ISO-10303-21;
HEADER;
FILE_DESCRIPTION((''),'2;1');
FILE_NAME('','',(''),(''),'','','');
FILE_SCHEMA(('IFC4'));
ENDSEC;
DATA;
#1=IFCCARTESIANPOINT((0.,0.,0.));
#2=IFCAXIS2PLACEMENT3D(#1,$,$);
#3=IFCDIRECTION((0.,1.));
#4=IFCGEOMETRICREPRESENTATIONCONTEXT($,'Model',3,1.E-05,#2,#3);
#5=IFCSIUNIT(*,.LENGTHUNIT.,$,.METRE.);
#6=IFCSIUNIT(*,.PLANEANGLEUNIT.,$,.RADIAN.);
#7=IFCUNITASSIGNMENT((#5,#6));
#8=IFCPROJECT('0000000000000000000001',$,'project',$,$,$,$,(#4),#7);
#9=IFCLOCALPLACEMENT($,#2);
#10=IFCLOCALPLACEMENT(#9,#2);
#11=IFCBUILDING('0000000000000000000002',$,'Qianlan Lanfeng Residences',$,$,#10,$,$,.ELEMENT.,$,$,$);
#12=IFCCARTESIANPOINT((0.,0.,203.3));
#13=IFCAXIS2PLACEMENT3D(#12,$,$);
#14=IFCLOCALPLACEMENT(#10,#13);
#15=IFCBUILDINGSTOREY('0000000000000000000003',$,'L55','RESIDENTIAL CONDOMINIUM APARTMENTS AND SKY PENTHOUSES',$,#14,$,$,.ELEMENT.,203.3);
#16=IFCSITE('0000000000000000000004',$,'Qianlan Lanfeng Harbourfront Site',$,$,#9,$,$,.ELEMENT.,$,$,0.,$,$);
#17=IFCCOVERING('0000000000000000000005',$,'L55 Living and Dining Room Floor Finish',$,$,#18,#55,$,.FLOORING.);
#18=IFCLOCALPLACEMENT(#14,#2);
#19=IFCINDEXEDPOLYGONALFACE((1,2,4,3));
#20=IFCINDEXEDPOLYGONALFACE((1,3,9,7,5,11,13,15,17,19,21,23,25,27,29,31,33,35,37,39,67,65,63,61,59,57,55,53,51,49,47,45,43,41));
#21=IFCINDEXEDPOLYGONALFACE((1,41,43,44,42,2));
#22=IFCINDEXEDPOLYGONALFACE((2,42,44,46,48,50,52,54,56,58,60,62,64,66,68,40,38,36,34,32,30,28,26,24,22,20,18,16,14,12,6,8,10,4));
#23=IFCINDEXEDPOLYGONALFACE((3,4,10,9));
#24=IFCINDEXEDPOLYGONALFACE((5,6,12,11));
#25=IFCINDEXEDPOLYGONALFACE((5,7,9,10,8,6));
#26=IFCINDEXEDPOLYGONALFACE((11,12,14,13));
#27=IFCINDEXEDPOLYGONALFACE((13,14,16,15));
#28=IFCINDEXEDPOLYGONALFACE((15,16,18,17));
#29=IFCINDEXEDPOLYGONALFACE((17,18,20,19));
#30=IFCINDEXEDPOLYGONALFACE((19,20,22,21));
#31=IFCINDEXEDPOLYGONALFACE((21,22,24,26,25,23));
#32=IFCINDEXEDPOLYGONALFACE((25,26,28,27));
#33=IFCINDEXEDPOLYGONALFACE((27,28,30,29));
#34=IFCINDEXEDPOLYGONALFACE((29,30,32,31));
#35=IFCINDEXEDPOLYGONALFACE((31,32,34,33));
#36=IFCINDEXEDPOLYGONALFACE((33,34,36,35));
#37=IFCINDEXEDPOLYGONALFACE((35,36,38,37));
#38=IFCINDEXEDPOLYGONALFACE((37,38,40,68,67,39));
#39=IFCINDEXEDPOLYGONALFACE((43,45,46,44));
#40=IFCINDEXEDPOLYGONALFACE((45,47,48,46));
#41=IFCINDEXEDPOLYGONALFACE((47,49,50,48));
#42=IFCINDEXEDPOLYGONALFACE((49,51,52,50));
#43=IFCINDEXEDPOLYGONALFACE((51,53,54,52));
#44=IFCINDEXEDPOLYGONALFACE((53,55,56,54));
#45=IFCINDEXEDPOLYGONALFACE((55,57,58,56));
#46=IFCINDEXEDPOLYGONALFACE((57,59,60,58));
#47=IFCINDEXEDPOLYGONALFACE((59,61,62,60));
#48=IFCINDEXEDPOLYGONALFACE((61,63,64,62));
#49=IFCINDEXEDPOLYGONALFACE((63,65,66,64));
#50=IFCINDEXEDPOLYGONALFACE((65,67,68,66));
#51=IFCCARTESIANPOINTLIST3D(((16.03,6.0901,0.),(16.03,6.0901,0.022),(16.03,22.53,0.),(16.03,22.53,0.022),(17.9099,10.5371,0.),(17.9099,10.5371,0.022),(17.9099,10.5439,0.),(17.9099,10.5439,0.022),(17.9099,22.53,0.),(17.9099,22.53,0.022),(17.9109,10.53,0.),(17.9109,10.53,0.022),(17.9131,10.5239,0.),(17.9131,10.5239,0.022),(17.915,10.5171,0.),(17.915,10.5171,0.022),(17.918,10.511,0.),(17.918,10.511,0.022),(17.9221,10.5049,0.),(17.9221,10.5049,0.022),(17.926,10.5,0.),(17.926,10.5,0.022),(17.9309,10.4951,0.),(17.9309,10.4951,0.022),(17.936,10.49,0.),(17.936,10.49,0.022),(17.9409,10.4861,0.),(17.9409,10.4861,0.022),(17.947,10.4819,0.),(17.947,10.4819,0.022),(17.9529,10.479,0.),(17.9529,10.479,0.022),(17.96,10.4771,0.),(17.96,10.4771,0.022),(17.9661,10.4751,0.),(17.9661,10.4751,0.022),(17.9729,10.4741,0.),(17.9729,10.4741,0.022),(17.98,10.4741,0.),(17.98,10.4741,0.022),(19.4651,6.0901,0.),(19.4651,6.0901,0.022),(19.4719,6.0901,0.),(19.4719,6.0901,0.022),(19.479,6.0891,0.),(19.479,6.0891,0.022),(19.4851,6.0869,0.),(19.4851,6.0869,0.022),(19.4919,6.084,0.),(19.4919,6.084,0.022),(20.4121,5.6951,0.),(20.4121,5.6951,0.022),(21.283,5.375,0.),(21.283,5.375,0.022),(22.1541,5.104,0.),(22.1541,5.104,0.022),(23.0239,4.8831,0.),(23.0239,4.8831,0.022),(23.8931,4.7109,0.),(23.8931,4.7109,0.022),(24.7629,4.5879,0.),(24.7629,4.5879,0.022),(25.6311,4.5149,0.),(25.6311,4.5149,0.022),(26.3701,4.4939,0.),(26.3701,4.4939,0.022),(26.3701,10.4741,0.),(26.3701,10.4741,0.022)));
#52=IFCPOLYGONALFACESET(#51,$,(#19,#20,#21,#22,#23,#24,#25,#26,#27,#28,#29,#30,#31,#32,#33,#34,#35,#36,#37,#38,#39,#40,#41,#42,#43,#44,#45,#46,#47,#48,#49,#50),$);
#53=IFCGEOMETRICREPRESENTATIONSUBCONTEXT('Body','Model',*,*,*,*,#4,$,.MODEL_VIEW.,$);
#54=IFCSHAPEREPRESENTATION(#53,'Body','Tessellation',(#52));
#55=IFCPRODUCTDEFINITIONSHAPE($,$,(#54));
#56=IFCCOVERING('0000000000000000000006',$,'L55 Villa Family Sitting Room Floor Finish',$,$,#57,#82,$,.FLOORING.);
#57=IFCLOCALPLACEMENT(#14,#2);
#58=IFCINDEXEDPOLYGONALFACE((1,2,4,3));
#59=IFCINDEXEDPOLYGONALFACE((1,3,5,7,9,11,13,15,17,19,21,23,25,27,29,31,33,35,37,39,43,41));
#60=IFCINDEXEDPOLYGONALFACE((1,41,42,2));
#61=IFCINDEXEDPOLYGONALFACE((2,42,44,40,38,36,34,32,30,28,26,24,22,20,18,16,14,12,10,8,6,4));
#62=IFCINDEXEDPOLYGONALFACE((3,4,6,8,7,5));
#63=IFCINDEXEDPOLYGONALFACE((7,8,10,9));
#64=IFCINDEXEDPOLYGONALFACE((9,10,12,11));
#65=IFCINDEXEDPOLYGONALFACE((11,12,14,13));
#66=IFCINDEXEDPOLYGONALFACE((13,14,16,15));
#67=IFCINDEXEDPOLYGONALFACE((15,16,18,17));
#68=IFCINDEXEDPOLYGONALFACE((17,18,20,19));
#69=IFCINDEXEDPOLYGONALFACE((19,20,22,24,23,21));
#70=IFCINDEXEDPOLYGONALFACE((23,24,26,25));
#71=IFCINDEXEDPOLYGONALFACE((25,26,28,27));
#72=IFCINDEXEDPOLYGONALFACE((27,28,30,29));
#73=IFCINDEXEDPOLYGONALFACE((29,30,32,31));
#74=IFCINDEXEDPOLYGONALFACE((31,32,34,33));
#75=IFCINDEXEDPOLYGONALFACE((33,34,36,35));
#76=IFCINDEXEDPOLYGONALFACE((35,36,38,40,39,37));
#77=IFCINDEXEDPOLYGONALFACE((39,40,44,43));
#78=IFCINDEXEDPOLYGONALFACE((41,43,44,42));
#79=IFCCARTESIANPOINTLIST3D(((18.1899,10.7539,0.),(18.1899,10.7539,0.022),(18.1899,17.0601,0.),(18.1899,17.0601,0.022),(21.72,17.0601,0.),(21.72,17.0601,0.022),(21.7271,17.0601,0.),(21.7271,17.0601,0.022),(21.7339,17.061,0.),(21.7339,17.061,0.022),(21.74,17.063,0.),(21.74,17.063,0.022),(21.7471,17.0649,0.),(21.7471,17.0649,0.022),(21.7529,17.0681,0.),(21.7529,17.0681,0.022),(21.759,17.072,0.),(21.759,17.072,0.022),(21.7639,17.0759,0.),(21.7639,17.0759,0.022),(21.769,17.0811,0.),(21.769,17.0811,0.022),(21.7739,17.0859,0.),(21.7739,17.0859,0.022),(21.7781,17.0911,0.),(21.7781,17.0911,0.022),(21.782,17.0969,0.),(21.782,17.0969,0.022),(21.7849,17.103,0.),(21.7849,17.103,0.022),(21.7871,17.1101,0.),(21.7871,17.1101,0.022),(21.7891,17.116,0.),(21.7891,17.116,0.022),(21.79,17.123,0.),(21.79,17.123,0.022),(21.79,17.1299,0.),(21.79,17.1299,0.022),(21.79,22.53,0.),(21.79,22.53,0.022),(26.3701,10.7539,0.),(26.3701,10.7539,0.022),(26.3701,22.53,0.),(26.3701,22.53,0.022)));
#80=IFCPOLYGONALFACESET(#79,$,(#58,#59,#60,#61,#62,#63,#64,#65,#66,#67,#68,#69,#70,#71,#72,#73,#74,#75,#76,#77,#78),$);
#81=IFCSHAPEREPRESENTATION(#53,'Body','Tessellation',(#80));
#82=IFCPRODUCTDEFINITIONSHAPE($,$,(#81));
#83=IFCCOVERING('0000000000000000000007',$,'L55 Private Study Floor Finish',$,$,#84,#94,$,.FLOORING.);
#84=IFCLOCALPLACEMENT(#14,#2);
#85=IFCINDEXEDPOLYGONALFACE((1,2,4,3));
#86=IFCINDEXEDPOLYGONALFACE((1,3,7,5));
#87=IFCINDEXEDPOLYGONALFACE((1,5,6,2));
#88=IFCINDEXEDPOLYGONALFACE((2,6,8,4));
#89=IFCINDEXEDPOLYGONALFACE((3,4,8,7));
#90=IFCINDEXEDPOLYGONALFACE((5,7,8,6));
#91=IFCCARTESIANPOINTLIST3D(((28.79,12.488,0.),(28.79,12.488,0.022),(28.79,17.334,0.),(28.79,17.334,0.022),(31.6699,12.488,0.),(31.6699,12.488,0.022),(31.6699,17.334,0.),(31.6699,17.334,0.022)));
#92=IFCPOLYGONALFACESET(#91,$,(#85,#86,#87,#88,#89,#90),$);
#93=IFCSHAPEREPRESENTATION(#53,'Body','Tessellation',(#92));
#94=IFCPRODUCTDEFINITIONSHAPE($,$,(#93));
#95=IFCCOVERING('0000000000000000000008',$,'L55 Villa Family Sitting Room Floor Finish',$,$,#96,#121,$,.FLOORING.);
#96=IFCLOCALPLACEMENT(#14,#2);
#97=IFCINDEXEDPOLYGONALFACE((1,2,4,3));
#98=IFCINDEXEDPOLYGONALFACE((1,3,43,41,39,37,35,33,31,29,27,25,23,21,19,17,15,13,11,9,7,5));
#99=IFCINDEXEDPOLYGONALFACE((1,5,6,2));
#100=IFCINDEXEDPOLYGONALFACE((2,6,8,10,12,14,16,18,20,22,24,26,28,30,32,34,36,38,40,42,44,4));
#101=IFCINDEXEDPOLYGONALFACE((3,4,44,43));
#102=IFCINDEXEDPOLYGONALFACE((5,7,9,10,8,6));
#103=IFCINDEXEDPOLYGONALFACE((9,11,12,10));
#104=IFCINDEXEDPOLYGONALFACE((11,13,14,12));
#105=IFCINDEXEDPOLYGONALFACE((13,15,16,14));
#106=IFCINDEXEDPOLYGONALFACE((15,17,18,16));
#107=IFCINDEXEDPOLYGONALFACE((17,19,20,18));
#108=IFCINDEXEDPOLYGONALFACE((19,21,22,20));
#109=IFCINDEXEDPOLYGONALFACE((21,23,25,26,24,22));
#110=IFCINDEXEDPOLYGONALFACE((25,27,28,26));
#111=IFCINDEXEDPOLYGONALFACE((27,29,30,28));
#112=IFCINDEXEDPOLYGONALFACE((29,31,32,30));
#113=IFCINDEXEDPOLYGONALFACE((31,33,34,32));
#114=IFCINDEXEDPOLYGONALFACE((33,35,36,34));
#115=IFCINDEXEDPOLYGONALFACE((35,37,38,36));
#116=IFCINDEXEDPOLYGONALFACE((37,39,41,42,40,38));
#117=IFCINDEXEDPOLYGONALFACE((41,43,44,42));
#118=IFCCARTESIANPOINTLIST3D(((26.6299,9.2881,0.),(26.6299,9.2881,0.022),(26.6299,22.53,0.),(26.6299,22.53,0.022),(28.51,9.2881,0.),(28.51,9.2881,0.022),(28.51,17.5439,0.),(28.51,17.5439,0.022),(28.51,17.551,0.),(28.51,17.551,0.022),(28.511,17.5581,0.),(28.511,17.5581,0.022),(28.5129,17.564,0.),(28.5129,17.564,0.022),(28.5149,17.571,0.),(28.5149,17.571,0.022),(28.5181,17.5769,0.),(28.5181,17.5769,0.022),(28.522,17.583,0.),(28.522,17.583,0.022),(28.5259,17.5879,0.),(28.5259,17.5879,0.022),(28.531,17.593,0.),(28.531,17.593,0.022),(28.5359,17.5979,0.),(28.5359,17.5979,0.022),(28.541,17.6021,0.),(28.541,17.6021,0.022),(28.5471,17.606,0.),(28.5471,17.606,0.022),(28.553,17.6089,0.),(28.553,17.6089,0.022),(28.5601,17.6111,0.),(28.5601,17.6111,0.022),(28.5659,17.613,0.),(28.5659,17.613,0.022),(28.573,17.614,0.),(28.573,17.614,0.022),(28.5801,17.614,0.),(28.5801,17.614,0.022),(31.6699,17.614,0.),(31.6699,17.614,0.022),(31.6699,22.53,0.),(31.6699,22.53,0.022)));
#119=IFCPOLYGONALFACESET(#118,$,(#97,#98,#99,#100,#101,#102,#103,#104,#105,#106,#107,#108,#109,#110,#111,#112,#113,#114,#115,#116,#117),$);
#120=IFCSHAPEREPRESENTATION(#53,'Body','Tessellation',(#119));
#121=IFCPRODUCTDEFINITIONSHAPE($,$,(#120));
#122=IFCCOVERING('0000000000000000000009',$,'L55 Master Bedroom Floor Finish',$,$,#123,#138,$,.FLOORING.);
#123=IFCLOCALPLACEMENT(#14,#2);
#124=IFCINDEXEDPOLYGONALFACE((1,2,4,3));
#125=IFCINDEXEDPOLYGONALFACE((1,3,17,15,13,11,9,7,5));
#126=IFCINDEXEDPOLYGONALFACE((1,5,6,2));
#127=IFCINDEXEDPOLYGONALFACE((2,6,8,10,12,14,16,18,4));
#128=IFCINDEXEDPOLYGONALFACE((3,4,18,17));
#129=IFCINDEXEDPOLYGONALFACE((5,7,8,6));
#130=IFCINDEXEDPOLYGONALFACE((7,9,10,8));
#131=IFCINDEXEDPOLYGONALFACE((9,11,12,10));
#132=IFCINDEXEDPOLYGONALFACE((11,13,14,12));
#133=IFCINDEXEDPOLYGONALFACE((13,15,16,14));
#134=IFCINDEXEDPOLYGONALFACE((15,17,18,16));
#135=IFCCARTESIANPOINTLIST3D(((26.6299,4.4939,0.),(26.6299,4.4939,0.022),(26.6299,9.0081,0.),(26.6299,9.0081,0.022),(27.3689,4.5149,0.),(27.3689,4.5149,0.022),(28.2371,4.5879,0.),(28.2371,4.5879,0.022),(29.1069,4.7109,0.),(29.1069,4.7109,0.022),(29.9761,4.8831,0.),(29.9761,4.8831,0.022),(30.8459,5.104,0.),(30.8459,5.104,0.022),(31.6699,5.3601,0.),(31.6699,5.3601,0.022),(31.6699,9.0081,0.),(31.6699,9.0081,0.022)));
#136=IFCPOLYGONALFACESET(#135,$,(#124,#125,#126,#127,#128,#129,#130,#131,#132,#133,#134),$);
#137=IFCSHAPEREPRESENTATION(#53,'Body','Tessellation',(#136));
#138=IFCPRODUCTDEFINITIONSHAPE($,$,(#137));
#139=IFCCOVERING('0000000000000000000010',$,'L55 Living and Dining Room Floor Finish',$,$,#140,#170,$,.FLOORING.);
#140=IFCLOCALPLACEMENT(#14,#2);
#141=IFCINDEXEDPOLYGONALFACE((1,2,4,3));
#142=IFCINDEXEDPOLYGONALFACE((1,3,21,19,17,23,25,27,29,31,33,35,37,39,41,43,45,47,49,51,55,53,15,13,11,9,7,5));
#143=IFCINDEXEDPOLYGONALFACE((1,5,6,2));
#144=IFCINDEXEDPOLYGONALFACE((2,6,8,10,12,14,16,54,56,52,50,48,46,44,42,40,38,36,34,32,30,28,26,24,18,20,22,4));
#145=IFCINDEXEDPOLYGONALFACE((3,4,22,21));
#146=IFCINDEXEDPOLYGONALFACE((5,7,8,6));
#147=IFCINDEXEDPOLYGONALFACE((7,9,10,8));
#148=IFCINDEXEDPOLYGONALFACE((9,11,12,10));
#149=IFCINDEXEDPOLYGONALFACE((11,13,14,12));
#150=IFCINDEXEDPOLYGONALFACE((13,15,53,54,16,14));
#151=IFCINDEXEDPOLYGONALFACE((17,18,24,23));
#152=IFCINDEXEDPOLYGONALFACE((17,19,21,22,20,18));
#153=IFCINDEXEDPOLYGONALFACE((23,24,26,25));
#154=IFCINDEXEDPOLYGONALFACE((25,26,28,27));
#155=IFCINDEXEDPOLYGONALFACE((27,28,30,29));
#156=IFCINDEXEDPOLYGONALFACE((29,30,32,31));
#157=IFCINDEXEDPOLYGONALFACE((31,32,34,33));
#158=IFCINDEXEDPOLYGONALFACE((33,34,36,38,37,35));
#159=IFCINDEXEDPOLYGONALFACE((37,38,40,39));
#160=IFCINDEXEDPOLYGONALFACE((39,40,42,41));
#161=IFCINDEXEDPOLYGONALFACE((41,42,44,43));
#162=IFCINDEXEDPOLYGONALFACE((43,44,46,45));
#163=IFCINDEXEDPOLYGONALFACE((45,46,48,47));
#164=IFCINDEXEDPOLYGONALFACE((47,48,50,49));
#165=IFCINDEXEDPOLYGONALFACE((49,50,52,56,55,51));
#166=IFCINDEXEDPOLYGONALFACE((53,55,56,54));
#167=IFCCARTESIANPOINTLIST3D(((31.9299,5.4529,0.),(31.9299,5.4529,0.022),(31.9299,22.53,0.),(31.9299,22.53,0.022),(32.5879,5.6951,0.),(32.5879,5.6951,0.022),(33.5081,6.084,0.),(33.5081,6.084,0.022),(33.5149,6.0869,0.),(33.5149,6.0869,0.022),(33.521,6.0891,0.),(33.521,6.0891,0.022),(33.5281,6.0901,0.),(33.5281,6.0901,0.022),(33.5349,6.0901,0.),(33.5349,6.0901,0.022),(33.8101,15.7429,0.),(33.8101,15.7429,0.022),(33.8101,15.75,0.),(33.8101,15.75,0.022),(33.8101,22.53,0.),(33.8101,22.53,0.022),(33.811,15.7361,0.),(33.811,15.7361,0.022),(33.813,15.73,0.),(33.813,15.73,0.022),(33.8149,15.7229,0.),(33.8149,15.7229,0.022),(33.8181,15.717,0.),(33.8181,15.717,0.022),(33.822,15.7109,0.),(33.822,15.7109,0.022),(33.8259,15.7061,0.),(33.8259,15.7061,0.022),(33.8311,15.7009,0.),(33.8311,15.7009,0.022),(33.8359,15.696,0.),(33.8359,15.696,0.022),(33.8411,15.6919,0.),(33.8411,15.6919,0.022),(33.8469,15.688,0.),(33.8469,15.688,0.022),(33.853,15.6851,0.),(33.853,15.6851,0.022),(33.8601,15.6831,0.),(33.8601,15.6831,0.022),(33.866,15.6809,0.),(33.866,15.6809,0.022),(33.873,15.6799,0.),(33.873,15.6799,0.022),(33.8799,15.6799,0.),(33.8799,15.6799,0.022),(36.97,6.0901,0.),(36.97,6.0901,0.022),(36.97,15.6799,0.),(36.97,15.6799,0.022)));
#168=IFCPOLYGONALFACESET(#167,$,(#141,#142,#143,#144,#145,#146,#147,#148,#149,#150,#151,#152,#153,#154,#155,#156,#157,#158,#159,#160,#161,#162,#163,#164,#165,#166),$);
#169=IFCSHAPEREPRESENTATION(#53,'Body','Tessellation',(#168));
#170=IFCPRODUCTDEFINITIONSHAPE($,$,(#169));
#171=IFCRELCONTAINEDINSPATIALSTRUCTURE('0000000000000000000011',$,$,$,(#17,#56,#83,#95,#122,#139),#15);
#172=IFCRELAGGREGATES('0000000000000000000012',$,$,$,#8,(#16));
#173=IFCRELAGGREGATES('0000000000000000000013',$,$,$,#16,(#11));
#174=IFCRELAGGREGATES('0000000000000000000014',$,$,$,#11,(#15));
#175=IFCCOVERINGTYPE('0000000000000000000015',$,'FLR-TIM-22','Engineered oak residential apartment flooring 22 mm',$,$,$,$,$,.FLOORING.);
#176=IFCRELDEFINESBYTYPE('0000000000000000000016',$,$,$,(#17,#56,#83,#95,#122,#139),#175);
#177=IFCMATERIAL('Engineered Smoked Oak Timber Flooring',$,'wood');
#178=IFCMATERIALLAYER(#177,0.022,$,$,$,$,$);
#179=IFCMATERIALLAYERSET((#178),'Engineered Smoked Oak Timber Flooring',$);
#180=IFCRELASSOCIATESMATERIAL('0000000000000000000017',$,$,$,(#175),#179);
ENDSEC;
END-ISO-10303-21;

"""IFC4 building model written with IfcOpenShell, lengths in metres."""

from ifc_helpers import new_model, si_unit, direction, frame, origin, place, context, subcontext, project, spatial, polyline, outline, extrude, material, layer, layer_set, type_object, element, save


model = new_model("IFC4")

# Units and contexts
model_context = context("Model", 3, precision=1e-05, world=origin(), true_north=direction((0.0, 1.0)))
body_context = subcontext(model_context, "Body", "Model", "MODEL_VIEW")
ifc_project = project(units=[si_unit("LENGTHUNIT", "METRE"), si_unit("PLANEANGLEUNIT", "RADIAN")], contexts=[model_context])

# Site, building, storey
site_placement = place(None, origin())
site = spatial("IfcSite", under=ifc_project, at=site_placement, Name="Qianlan Lanfeng Harbourfront Site", CompositionType="ELEMENT", RefElevation=0.0)
building_placement = place(site_placement, origin())
building = spatial("IfcBuilding", under=site, at=building_placement, Name="Qianlan Lanfeng Residences", CompositionType="ELEMENT")
storey_placement = place(building_placement, frame((0.0, 0.0, 203.3)))
storey = spatial("IfcBuildingStorey", under=building, at=storey_placement, Name="L55", Description="RESIDENTIAL CONDOMINIUM APARTMENTS AND SKY PENTHOUSES", CompositionType="ELEMENT", Elevation=203.3)

# Coverings
ifc_material_1 = material(Name="Engineered Smoked Oak Timber Flooring", Category="wood")
ifc_layer_1 = layer(ifc_material_1, 0.022)
ifc_layer_set_1 = layer_set([ifc_layer_1], Name="Engineered Smoked Oak Timber Flooring")
covering_type_1 = type_object("IfcCoveringType", Name="FLR-TIM-22", Description="Engineered oak residential apartment flooring 22 mm", PredefinedType="FLOORING", material=ifc_layer_set_1)
covering_1_placement = place(storey_placement, origin())
element("IfcCovering", 1, at=covering_1_placement, inside=storey, type_object=covering_type_1, Name="L55 Living and Dining Room Floor Finish", PredefinedType="FLOORING", context=body_context, shape_type="SweptSolid", body=[
    extrude(outline(polyline([(26.3701, 4.4939), (26.3701, 10.4741), (17.98, 10.4741), (17.9729, 10.4741), (17.9661, 10.4751), (17.96, 10.4771), (17.9529, 10.479), (17.947, 10.4819), (17.9409, 10.4861), (17.936, 10.49), (17.9309, 10.4951), (17.926, 10.5), (17.9221, 10.5049), (17.918, 10.511), (17.915, 10.5171), (17.9131, 10.5239), (17.9109, 10.53), (17.9099, 10.5371), (17.9099, 10.5439), (17.9099, 22.53), (16.03, 22.53), (16.03, 6.0901), (19.4651, 6.0901), (19.4719, 6.0901), (19.479, 6.0891), (19.4851, 6.0869), (19.4919, 6.084), (20.4121, 5.6951), (21.283, 5.375), (22.1541, 5.104), (23.0239, 4.8831), (23.8931, 4.7109), (24.7629, 4.5879), (25.6311, 4.5149), (26.3701, 4.4939)])), origin(), (0.0, 0.0, 1.0), 0.022),
])
covering_2_placement = place(storey_placement, origin())
element("IfcCovering", 2, at=covering_2_placement, inside=storey, type_object=covering_type_1, Name="L55 Villa Family Sitting Room Floor Finish", PredefinedType="FLOORING", context=body_context, shape_type="SweptSolid", body=[
    extrude(outline(polyline([(18.1899, 10.7539), (26.3701, 10.7539), (26.3701, 22.53), (21.79, 22.53), (21.79, 17.1299), (21.79, 17.123), (21.7891, 17.116), (21.7871, 17.1101), (21.7849, 17.103), (21.782, 17.0969), (21.7781, 17.0911), (21.7739, 17.0859), (21.769, 17.0811), (21.7639, 17.0759), (21.759, 17.072), (21.7529, 17.0681), (21.7471, 17.0649), (21.74, 17.063), (21.7339, 17.061), (21.7271, 17.0601), (21.72, 17.0601), (18.1899, 17.0601), (18.1899, 10.7539)])), origin(), (0.0, 0.0, 1.0), 0.022),
])
covering_3_placement = place(storey_placement, origin())
element("IfcCovering", 3, at=covering_3_placement, inside=storey, type_object=covering_type_1, Name="L55 Private Study Floor Finish", PredefinedType="FLOORING", context=body_context, shape_type="SweptSolid", body=[
    extrude(outline(polyline([(28.79, 12.488), (31.6699, 12.488), (31.6699, 17.334), (28.79, 17.334), (28.79, 12.488)])), origin(), (0.0, 0.0, 1.0), 0.022),
])
covering_4_placement = place(storey_placement, origin())
element("IfcCovering", 4, at=covering_4_placement, inside=storey, type_object=covering_type_1, Name="L55 Villa Family Sitting Room Floor Finish", PredefinedType="FLOORING", context=body_context, shape_type="SweptSolid", body=[
    extrude(outline(polyline([(26.6299, 9.2881), (28.51, 9.2881), (28.51, 17.5439), (28.51, 17.551), (28.511, 17.5581), (28.5129, 17.564), (28.5149, 17.571), (28.5181, 17.5769), (28.522, 17.583), (28.5259, 17.5879), (28.531, 17.593), (28.5359, 17.5979), (28.541, 17.6021), (28.5471, 17.606), (28.553, 17.6089), (28.5601, 17.6111), (28.5659, 17.613), (28.573, 17.614), (28.5801, 17.614), (31.6699, 17.614), (31.6699, 22.53), (26.6299, 22.53), (26.6299, 9.2881)])), origin(), (0.0, 0.0, 1.0), 0.022),
])
covering_5_placement = place(storey_placement, origin())
element("IfcCovering", 5, at=covering_5_placement, inside=storey, type_object=covering_type_1, Name="L55 Master Bedroom Floor Finish", PredefinedType="FLOORING", context=body_context, shape_type="SweptSolid", body=[
    extrude(outline(polyline([(26.6299, 9.0081), (26.6299, 4.4939), (27.3689, 4.5149), (28.2371, 4.5879), (29.1069, 4.7109), (29.9761, 4.8831), (30.8459, 5.104), (31.6699, 5.3601), (31.6699, 9.0081), (26.6299, 9.0081)])), origin(), (0.0, 0.0, 1.0), 0.022),
])
covering_6_placement = place(storey_placement, origin())
element("IfcCovering", 6, at=covering_6_placement, inside=storey, type_object=covering_type_1, Name="L55 Living and Dining Room Floor Finish", PredefinedType="FLOORING", context=body_context, shape_type="SweptSolid", body=[
    extrude(outline(polyline([(36.97, 6.0901), (36.97, 15.6799), (33.8799, 15.6799), (33.873, 15.6799), (33.866, 15.6809), (33.8601, 15.6831), (33.853, 15.6851), (33.8469, 15.688), (33.8411, 15.6919), (33.8359, 15.696), (33.8311, 15.7009), (33.8259, 15.7061), (33.822, 15.7109), (33.8181, 15.717), (33.8149, 15.7229), (33.813, 15.73), (33.811, 15.7361), (33.8101, 15.7429), (33.8101, 15.75), (33.8101, 22.53), (31.9299, 22.53), (31.9299, 5.4529), (32.5879, 5.6951), (33.5081, 6.084), (33.5149, 6.0869), (33.521, 6.0891), (33.5281, 6.0901), (33.5349, 6.0901), (36.97, 6.0901)])), origin(), (0.0, 0.0, 1.0), 0.022),
])

save(model, "model.ifc")
